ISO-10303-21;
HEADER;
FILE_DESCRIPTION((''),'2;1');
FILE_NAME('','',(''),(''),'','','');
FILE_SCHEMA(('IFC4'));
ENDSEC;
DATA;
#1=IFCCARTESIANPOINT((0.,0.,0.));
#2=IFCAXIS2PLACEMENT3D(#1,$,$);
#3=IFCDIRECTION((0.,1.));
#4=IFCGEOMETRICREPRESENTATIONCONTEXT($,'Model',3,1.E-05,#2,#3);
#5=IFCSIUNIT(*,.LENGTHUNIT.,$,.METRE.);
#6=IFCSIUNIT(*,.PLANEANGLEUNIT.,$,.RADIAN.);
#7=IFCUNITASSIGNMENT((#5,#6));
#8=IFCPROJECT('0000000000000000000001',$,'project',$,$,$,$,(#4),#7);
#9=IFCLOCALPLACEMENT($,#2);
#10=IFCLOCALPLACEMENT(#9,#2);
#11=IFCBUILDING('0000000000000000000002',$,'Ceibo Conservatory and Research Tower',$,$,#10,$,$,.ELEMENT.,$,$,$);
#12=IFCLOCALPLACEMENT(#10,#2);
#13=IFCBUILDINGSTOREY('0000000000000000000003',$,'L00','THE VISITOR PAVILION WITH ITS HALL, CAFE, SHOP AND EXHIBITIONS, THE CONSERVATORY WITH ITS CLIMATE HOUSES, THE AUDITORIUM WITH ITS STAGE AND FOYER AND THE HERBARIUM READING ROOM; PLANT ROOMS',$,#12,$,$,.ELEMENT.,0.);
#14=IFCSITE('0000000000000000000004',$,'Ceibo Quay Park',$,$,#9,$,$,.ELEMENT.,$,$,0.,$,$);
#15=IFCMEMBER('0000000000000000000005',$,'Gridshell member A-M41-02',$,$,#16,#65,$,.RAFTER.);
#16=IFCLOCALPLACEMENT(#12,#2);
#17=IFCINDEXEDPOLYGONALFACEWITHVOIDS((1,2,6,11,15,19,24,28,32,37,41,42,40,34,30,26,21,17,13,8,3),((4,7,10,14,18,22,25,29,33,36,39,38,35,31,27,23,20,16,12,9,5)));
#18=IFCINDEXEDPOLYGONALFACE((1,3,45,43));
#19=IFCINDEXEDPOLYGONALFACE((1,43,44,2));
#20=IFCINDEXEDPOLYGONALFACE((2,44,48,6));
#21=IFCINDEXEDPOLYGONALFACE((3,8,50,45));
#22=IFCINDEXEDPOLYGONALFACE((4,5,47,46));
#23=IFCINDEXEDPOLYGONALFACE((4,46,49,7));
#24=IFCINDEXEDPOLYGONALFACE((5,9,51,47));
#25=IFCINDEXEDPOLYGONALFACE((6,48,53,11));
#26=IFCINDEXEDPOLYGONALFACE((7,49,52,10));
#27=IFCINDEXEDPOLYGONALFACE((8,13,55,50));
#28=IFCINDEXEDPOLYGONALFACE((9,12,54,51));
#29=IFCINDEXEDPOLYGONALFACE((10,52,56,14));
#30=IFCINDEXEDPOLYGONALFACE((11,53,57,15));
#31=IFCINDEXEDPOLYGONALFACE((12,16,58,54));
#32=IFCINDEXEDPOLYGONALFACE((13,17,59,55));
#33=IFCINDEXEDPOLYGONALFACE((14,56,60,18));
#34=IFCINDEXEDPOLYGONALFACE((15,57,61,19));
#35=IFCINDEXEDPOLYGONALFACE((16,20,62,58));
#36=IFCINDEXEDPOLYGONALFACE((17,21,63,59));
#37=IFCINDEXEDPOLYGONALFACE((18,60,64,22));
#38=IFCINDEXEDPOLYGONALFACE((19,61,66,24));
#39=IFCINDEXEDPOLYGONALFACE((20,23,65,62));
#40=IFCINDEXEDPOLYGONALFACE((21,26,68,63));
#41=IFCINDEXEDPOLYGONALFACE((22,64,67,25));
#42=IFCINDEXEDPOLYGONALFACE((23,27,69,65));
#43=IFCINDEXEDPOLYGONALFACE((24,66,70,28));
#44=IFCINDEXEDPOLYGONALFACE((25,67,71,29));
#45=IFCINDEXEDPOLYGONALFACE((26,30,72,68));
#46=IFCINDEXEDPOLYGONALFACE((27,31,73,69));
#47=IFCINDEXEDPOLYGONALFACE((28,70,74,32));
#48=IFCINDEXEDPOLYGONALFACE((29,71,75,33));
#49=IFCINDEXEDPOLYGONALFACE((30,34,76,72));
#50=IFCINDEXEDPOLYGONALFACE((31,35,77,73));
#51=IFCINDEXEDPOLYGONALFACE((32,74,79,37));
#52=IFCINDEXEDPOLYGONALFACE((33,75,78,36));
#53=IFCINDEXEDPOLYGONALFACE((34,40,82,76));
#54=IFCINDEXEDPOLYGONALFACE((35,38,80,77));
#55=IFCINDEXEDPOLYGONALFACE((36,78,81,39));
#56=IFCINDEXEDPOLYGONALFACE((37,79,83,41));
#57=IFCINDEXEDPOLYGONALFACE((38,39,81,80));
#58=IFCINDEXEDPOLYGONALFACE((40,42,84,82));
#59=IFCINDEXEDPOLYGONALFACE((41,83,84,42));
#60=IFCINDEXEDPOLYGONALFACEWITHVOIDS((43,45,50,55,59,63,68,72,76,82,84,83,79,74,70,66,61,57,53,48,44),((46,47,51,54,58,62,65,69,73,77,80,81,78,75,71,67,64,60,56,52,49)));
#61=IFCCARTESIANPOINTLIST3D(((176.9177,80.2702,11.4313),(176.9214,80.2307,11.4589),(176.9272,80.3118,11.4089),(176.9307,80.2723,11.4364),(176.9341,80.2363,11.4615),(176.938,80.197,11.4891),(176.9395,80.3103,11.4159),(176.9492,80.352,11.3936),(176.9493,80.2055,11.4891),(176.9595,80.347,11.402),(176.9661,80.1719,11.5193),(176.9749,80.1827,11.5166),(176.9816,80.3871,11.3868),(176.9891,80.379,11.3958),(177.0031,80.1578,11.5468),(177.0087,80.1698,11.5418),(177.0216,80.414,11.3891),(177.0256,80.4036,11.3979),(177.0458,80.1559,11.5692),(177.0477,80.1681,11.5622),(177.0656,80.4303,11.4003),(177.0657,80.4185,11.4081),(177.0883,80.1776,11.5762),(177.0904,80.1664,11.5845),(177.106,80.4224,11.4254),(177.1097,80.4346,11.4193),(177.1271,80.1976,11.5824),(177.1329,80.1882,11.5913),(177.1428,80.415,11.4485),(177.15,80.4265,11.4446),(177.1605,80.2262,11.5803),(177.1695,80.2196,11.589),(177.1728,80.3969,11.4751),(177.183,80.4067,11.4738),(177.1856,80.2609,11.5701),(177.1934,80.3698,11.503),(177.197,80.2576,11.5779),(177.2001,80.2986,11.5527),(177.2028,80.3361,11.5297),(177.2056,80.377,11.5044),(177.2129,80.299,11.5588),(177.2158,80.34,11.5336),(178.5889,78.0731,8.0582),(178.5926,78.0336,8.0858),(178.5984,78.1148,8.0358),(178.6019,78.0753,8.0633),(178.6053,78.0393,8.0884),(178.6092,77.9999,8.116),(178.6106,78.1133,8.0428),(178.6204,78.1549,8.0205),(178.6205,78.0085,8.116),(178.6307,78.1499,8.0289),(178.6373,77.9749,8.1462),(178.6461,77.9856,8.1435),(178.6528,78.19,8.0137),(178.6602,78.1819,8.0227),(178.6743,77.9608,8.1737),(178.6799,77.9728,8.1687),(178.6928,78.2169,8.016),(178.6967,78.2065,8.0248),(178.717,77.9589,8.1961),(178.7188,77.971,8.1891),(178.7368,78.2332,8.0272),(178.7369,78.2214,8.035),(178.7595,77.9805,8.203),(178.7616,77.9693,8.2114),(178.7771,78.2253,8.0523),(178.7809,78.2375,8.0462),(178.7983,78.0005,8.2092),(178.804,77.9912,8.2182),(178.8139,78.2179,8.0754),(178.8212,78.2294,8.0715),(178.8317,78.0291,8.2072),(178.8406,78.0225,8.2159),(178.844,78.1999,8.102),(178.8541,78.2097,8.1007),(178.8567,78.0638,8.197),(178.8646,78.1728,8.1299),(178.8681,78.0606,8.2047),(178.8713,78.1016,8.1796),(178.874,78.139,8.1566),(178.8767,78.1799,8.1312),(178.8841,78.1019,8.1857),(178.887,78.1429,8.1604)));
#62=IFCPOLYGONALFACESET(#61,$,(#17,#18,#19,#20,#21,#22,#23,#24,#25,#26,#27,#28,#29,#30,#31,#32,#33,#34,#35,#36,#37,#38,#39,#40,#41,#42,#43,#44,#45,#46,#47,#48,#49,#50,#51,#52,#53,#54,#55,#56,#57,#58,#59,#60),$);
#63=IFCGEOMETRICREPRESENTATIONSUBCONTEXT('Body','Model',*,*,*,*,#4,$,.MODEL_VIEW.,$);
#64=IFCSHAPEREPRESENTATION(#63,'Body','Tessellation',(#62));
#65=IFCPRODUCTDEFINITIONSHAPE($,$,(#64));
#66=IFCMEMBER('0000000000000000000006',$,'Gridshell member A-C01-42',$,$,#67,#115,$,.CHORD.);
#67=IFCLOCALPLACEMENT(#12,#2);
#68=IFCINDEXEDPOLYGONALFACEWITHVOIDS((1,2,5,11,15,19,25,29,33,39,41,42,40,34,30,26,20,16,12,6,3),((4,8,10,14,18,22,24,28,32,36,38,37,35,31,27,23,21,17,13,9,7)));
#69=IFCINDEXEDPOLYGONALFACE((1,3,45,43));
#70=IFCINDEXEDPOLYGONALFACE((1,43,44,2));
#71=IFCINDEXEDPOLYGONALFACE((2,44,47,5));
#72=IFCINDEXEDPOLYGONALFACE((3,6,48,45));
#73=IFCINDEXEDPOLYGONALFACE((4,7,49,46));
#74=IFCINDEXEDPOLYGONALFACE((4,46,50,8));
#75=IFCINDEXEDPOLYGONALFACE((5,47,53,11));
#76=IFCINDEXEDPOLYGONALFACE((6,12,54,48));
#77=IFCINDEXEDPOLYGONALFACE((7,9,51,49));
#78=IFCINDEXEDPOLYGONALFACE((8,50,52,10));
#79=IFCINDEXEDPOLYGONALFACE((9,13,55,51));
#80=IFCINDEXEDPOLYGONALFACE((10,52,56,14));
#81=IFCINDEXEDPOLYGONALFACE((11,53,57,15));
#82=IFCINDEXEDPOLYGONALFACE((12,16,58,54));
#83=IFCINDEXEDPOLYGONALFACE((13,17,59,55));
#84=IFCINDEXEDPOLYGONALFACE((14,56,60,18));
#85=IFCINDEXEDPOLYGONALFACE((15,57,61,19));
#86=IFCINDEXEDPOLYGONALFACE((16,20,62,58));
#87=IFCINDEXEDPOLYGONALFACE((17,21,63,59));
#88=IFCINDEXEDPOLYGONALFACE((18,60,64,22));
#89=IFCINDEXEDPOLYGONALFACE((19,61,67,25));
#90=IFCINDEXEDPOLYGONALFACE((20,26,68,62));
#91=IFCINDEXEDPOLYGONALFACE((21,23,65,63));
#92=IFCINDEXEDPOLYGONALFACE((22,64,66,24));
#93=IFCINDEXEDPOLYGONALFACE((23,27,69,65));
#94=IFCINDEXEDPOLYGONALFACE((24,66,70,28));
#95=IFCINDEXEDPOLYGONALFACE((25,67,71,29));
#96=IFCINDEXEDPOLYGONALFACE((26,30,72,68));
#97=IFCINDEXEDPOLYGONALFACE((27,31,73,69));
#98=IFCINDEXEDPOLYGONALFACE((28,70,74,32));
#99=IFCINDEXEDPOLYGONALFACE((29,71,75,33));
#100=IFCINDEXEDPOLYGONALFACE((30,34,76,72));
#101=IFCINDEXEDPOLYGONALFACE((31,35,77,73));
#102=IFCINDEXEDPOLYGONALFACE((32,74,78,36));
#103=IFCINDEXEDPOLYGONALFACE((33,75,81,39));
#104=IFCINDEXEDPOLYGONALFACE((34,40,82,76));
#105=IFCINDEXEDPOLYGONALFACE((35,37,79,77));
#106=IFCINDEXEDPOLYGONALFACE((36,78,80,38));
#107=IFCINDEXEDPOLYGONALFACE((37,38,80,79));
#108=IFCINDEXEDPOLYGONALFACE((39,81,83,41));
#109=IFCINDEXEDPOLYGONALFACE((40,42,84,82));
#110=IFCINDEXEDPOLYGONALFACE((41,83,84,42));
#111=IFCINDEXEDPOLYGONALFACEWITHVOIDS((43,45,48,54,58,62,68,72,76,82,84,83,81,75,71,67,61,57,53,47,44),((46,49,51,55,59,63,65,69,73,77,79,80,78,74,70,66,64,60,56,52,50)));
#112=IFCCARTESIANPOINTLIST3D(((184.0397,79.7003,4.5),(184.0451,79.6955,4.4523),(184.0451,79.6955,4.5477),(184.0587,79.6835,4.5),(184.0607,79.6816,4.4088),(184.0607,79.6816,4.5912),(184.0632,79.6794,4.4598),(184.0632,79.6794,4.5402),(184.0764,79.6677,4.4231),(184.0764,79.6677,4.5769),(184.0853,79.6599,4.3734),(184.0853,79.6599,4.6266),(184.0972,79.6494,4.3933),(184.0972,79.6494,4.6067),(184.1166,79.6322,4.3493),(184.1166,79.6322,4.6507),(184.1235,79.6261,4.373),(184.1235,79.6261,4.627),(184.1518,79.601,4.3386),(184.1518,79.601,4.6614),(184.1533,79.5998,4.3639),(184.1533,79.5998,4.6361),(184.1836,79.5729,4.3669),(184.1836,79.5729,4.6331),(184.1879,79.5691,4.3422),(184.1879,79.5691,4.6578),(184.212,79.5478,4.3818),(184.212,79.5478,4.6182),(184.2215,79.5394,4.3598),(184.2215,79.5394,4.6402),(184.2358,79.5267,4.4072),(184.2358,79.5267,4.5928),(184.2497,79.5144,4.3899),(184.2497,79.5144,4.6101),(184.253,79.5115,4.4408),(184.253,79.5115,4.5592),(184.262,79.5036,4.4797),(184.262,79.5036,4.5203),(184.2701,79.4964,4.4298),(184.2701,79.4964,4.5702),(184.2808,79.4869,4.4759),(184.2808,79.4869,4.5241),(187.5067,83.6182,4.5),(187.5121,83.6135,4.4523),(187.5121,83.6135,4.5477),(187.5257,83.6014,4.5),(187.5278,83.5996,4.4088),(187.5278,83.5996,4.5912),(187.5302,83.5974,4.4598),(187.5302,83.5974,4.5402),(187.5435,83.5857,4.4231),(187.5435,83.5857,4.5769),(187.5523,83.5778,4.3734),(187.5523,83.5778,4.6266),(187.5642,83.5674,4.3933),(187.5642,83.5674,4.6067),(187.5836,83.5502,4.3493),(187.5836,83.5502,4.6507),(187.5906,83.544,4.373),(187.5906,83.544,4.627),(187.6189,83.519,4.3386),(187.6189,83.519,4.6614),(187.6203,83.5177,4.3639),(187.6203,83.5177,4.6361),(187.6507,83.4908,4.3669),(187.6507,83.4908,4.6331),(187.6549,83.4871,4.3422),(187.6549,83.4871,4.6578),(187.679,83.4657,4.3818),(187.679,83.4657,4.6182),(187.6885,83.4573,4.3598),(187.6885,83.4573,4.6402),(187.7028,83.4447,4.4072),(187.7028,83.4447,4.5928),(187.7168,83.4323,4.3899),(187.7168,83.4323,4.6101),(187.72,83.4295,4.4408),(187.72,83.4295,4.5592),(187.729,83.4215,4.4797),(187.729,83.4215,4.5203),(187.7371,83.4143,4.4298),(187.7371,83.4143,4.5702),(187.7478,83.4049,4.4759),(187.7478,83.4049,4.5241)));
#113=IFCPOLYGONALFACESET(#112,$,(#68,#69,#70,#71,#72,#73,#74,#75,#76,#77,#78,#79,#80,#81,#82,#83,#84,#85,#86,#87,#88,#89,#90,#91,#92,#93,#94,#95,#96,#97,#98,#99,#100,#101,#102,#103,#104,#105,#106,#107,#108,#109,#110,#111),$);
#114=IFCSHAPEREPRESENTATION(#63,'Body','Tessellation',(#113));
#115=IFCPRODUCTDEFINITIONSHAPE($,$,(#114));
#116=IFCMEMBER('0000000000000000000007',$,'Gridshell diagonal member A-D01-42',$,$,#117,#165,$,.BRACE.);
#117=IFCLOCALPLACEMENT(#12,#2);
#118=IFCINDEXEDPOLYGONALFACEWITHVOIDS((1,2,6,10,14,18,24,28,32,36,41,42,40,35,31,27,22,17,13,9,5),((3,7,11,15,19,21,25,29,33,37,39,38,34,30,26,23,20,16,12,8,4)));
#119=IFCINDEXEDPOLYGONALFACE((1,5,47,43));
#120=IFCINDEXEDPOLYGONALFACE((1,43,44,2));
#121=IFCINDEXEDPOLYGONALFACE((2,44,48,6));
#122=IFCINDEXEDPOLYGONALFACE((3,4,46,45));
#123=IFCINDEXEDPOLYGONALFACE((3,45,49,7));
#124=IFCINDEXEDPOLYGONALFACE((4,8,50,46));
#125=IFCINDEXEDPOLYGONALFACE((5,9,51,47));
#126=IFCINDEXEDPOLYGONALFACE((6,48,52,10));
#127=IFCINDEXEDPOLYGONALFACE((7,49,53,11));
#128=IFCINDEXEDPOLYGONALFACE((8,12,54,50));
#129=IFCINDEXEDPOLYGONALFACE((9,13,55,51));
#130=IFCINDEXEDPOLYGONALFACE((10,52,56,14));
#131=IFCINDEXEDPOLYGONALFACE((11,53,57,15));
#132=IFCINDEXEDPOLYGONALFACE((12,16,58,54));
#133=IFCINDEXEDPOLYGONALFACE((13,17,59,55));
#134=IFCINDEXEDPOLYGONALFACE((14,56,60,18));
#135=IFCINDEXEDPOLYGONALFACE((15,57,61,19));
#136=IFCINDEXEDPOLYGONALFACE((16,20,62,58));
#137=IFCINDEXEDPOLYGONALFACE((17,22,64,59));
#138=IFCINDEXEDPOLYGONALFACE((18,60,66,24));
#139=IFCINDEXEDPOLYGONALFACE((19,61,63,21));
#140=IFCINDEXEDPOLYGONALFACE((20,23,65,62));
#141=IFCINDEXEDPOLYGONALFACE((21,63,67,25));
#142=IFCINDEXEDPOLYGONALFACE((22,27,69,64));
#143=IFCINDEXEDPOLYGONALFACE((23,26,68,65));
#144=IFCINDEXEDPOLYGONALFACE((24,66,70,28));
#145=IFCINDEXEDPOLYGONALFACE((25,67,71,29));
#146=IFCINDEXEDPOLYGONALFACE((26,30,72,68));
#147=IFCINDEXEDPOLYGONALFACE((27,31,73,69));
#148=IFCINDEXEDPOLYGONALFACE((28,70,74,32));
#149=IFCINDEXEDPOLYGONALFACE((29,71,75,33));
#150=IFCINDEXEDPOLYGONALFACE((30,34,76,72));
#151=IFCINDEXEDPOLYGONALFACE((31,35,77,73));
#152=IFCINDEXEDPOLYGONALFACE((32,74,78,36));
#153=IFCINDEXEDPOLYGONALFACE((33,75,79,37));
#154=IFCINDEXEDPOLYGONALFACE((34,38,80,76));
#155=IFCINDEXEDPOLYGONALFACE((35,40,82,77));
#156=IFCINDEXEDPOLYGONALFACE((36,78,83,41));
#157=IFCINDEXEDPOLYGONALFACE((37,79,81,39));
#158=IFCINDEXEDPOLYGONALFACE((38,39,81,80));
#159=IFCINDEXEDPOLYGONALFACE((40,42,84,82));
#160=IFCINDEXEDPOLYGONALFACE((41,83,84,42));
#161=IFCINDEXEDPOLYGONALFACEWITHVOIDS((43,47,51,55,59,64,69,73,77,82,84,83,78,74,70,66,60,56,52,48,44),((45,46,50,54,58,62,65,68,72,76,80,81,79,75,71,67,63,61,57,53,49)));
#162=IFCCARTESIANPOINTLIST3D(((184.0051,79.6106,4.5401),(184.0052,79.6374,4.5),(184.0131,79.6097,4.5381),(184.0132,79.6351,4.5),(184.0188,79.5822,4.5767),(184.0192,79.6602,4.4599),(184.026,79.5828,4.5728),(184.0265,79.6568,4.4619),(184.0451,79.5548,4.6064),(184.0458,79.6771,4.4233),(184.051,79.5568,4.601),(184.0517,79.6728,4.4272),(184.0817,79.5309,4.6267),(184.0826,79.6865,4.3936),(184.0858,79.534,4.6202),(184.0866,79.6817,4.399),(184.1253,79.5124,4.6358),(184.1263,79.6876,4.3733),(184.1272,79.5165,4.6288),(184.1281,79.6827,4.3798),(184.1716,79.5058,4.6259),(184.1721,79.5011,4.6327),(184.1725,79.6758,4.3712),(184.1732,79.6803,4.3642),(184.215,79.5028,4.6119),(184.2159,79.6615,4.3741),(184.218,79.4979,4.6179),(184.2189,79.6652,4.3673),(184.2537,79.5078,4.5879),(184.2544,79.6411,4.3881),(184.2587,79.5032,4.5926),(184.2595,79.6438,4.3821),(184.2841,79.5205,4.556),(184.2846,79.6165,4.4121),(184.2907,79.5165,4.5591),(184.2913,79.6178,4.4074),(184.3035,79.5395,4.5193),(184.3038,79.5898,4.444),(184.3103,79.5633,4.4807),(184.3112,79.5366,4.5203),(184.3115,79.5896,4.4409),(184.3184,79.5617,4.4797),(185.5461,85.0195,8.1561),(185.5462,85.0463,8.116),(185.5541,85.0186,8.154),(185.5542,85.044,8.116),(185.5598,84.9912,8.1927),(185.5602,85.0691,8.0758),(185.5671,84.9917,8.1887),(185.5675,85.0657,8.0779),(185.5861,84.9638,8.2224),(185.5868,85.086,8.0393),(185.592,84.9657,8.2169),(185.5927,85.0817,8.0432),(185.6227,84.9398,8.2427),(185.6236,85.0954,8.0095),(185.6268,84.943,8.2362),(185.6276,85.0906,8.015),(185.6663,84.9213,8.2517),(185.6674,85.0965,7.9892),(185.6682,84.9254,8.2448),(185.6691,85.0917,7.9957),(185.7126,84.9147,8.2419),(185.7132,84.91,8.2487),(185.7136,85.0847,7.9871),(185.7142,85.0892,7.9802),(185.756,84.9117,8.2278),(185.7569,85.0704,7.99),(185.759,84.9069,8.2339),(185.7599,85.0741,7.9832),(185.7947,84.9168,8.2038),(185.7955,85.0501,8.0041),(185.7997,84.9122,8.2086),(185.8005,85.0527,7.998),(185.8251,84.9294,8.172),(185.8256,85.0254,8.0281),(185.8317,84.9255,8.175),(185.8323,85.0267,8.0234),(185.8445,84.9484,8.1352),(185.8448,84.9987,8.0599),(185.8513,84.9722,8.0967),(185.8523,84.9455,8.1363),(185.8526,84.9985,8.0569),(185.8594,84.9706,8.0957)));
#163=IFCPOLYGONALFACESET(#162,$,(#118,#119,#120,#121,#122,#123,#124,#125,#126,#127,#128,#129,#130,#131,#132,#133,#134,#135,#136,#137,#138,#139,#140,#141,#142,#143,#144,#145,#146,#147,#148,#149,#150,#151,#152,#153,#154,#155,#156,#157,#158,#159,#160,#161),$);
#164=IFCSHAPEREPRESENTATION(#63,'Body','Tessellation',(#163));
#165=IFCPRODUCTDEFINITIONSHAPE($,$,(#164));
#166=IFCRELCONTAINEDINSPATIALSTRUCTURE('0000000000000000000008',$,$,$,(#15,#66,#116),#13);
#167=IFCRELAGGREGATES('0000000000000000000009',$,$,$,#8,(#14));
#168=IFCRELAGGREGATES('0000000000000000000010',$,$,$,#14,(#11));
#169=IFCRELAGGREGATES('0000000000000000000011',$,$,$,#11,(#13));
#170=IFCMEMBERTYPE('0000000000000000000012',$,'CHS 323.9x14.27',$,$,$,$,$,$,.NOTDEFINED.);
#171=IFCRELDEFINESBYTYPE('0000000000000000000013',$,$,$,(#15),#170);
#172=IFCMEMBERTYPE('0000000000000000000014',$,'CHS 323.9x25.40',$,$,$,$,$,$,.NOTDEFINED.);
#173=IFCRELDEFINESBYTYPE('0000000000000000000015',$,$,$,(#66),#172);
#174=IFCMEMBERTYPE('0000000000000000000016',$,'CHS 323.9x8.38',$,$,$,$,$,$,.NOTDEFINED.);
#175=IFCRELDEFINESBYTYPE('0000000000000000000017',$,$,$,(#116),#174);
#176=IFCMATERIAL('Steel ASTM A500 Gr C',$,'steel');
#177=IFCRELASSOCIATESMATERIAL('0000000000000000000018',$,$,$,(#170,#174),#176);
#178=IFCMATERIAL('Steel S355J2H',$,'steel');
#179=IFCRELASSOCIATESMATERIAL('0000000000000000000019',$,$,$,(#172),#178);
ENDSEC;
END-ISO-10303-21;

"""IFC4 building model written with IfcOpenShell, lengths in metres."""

from ifc_helpers import new_model, si_unit, direction, frame, origin, origin_2d, place, context, subcontext, project, spatial, hollow_circle, extrude, material, material_profile, profile_set, type_object, element, save


model = new_model("IFC4")

# Units and contexts
model_context = context("Model", 3, precision=1e-05, world=origin(), true_north=direction((0.0, 1.0)))
body_context = subcontext(model_context, "Body", "Model", "MODEL_VIEW")
ifc_project = project(units=[si_unit("LENGTHUNIT", "METRE"), si_unit("PLANEANGLEUNIT", "RADIAN")], contexts=[model_context])

# Site, building, storey
site_placement = place(None, origin())
site = spatial("IfcSite", under=ifc_project, at=site_placement, Name="Ceibo Quay Park", CompositionType="ELEMENT", RefElevation=0.0)
building_placement = place(site_placement, origin())
building = spatial("IfcBuilding", under=site, at=building_placement, Name="Ceibo Conservatory and Research Tower", CompositionType="ELEMENT")
storey_placement = place(building_placement, origin())
storey = spatial("IfcBuildingStorey", under=building, at=storey_placement, Name="L00", Description="THE VISITOR PAVILION WITH ITS HALL, CAFE, SHOP AND EXHIBITIONS, THE CONSERVATORY WITH ITS CLIMATE HOUSES, THE AUDITORIUM WITH ITS STAGE AND FOYER AND THE HERBARIUM READING ROOM; PLANT ROOMS", CompositionType="ELEMENT", Elevation=0.0)

# Members
ifc_material_1 = material(Name="Steel ASTM A500 Gr C", Category="steel")
ifc_material_profile_1 = material_profile(ifc_material_1, hollow_circle(Radius=0.1619, WallThickness=0.0142, at=origin_2d()), Name="CHS 323.9x14.27")
ifc_profile_set_1 = profile_set([ifc_material_profile_1], Name="Steel ASTM A500 Gr C")
member_type_1 = type_object("IfcMemberType", Name="CHS 323.9x14.27", PredefinedType="NOTDEFINED", material=ifc_profile_set_1)
member_1_placement = place(storey_placement, frame((178.738, 78.0979, 8.116), z_axis=(-0.383416, 0.50407, 0.77389), x_axis=(-0.795917, -0.605406, 0.0)))
element("IfcMember", 1, at=member_1_placement, inside=storey, type_object=member_type_1, Name="Gridshell member A-M41-02", PredefinedType="RAFTER", context=body_context, shape_type="SweptSolid", body=[
    extrude(hollow_circle(Radius=0.1619, WallThickness=0.0142, at=origin_2d()), origin(), (0.0, 0.0, 1.0), 4.3586),
])
ifc_material_2 = material(Name="Steel S355J2H", Category="steel")
ifc_material_profile_2 = material_profile(ifc_material_2, hollow_circle(Radius=0.1619, WallThickness=0.0254, at=origin_2d()), Name="CHS 323.9x25.40")
ifc_profile_set_2 = profile_set([ifc_material_profile_2], Name="Steel S355J2H")
member_type_2 = type_object("IfcMemberType", Name="CHS 323.9x25.40", PredefinedType="NOTDEFINED", material=ifc_profile_set_2)
member_2_placement = place(storey_placement, frame((184.1609, 79.593, 4.5), z_axis=(0.662697, 0.748888, 0.0), x_axis=(-0.748888, 0.662697, 0.0)))
element("IfcMember", 2, at=member_2_placement, inside=storey, type_object=member_type_2, Name="Gridshell member A-C01-42", PredefinedType="CHORD", context=body_context, shape_type="SweptSolid", body=[
    extrude(hollow_circle(Radius=0.1619, WallThickness=0.0254, at=origin_2d()), origin(), (0.0, 0.0, 1.0), 5.2317),
])
ifc_material_profile_3 = material_profile(ifc_material_1, hollow_circle(Radius=0.1619, WallThickness=0.0083, at=origin_2d()), Name="CHS 323.9x8.38")
ifc_profile_set_3 = profile_set([ifc_material_profile_3], Name="Steel ASTM A500 Gr C")
member_type_3 = type_object("IfcMemberType", Name="CHS 323.9x8.38", PredefinedType="NOTDEFINED", material=ifc_profile_set_3)
member_3_placement = place(storey_placement, frame((184.1609, 79.593, 4.5), z_axis=(0.230474, 0.808959, 0.540803), x_axis=(-0.96173, 0.273999, 0.0)))
element("IfcMember", 3, at=member_3_placement, inside=storey, type_object=member_type_3, Name="Gridshell diagonal member A-D01-42", PredefinedType="BRACE", context=body_context, shape_type="SweptSolid", body=[
    extrude(hollow_circle(Radius=0.1619, WallThickness=0.0083, at=origin_2d()), origin(), (0.0, 0.0, 1.0), 6.6863),
])

save(model, "model.ifc")
